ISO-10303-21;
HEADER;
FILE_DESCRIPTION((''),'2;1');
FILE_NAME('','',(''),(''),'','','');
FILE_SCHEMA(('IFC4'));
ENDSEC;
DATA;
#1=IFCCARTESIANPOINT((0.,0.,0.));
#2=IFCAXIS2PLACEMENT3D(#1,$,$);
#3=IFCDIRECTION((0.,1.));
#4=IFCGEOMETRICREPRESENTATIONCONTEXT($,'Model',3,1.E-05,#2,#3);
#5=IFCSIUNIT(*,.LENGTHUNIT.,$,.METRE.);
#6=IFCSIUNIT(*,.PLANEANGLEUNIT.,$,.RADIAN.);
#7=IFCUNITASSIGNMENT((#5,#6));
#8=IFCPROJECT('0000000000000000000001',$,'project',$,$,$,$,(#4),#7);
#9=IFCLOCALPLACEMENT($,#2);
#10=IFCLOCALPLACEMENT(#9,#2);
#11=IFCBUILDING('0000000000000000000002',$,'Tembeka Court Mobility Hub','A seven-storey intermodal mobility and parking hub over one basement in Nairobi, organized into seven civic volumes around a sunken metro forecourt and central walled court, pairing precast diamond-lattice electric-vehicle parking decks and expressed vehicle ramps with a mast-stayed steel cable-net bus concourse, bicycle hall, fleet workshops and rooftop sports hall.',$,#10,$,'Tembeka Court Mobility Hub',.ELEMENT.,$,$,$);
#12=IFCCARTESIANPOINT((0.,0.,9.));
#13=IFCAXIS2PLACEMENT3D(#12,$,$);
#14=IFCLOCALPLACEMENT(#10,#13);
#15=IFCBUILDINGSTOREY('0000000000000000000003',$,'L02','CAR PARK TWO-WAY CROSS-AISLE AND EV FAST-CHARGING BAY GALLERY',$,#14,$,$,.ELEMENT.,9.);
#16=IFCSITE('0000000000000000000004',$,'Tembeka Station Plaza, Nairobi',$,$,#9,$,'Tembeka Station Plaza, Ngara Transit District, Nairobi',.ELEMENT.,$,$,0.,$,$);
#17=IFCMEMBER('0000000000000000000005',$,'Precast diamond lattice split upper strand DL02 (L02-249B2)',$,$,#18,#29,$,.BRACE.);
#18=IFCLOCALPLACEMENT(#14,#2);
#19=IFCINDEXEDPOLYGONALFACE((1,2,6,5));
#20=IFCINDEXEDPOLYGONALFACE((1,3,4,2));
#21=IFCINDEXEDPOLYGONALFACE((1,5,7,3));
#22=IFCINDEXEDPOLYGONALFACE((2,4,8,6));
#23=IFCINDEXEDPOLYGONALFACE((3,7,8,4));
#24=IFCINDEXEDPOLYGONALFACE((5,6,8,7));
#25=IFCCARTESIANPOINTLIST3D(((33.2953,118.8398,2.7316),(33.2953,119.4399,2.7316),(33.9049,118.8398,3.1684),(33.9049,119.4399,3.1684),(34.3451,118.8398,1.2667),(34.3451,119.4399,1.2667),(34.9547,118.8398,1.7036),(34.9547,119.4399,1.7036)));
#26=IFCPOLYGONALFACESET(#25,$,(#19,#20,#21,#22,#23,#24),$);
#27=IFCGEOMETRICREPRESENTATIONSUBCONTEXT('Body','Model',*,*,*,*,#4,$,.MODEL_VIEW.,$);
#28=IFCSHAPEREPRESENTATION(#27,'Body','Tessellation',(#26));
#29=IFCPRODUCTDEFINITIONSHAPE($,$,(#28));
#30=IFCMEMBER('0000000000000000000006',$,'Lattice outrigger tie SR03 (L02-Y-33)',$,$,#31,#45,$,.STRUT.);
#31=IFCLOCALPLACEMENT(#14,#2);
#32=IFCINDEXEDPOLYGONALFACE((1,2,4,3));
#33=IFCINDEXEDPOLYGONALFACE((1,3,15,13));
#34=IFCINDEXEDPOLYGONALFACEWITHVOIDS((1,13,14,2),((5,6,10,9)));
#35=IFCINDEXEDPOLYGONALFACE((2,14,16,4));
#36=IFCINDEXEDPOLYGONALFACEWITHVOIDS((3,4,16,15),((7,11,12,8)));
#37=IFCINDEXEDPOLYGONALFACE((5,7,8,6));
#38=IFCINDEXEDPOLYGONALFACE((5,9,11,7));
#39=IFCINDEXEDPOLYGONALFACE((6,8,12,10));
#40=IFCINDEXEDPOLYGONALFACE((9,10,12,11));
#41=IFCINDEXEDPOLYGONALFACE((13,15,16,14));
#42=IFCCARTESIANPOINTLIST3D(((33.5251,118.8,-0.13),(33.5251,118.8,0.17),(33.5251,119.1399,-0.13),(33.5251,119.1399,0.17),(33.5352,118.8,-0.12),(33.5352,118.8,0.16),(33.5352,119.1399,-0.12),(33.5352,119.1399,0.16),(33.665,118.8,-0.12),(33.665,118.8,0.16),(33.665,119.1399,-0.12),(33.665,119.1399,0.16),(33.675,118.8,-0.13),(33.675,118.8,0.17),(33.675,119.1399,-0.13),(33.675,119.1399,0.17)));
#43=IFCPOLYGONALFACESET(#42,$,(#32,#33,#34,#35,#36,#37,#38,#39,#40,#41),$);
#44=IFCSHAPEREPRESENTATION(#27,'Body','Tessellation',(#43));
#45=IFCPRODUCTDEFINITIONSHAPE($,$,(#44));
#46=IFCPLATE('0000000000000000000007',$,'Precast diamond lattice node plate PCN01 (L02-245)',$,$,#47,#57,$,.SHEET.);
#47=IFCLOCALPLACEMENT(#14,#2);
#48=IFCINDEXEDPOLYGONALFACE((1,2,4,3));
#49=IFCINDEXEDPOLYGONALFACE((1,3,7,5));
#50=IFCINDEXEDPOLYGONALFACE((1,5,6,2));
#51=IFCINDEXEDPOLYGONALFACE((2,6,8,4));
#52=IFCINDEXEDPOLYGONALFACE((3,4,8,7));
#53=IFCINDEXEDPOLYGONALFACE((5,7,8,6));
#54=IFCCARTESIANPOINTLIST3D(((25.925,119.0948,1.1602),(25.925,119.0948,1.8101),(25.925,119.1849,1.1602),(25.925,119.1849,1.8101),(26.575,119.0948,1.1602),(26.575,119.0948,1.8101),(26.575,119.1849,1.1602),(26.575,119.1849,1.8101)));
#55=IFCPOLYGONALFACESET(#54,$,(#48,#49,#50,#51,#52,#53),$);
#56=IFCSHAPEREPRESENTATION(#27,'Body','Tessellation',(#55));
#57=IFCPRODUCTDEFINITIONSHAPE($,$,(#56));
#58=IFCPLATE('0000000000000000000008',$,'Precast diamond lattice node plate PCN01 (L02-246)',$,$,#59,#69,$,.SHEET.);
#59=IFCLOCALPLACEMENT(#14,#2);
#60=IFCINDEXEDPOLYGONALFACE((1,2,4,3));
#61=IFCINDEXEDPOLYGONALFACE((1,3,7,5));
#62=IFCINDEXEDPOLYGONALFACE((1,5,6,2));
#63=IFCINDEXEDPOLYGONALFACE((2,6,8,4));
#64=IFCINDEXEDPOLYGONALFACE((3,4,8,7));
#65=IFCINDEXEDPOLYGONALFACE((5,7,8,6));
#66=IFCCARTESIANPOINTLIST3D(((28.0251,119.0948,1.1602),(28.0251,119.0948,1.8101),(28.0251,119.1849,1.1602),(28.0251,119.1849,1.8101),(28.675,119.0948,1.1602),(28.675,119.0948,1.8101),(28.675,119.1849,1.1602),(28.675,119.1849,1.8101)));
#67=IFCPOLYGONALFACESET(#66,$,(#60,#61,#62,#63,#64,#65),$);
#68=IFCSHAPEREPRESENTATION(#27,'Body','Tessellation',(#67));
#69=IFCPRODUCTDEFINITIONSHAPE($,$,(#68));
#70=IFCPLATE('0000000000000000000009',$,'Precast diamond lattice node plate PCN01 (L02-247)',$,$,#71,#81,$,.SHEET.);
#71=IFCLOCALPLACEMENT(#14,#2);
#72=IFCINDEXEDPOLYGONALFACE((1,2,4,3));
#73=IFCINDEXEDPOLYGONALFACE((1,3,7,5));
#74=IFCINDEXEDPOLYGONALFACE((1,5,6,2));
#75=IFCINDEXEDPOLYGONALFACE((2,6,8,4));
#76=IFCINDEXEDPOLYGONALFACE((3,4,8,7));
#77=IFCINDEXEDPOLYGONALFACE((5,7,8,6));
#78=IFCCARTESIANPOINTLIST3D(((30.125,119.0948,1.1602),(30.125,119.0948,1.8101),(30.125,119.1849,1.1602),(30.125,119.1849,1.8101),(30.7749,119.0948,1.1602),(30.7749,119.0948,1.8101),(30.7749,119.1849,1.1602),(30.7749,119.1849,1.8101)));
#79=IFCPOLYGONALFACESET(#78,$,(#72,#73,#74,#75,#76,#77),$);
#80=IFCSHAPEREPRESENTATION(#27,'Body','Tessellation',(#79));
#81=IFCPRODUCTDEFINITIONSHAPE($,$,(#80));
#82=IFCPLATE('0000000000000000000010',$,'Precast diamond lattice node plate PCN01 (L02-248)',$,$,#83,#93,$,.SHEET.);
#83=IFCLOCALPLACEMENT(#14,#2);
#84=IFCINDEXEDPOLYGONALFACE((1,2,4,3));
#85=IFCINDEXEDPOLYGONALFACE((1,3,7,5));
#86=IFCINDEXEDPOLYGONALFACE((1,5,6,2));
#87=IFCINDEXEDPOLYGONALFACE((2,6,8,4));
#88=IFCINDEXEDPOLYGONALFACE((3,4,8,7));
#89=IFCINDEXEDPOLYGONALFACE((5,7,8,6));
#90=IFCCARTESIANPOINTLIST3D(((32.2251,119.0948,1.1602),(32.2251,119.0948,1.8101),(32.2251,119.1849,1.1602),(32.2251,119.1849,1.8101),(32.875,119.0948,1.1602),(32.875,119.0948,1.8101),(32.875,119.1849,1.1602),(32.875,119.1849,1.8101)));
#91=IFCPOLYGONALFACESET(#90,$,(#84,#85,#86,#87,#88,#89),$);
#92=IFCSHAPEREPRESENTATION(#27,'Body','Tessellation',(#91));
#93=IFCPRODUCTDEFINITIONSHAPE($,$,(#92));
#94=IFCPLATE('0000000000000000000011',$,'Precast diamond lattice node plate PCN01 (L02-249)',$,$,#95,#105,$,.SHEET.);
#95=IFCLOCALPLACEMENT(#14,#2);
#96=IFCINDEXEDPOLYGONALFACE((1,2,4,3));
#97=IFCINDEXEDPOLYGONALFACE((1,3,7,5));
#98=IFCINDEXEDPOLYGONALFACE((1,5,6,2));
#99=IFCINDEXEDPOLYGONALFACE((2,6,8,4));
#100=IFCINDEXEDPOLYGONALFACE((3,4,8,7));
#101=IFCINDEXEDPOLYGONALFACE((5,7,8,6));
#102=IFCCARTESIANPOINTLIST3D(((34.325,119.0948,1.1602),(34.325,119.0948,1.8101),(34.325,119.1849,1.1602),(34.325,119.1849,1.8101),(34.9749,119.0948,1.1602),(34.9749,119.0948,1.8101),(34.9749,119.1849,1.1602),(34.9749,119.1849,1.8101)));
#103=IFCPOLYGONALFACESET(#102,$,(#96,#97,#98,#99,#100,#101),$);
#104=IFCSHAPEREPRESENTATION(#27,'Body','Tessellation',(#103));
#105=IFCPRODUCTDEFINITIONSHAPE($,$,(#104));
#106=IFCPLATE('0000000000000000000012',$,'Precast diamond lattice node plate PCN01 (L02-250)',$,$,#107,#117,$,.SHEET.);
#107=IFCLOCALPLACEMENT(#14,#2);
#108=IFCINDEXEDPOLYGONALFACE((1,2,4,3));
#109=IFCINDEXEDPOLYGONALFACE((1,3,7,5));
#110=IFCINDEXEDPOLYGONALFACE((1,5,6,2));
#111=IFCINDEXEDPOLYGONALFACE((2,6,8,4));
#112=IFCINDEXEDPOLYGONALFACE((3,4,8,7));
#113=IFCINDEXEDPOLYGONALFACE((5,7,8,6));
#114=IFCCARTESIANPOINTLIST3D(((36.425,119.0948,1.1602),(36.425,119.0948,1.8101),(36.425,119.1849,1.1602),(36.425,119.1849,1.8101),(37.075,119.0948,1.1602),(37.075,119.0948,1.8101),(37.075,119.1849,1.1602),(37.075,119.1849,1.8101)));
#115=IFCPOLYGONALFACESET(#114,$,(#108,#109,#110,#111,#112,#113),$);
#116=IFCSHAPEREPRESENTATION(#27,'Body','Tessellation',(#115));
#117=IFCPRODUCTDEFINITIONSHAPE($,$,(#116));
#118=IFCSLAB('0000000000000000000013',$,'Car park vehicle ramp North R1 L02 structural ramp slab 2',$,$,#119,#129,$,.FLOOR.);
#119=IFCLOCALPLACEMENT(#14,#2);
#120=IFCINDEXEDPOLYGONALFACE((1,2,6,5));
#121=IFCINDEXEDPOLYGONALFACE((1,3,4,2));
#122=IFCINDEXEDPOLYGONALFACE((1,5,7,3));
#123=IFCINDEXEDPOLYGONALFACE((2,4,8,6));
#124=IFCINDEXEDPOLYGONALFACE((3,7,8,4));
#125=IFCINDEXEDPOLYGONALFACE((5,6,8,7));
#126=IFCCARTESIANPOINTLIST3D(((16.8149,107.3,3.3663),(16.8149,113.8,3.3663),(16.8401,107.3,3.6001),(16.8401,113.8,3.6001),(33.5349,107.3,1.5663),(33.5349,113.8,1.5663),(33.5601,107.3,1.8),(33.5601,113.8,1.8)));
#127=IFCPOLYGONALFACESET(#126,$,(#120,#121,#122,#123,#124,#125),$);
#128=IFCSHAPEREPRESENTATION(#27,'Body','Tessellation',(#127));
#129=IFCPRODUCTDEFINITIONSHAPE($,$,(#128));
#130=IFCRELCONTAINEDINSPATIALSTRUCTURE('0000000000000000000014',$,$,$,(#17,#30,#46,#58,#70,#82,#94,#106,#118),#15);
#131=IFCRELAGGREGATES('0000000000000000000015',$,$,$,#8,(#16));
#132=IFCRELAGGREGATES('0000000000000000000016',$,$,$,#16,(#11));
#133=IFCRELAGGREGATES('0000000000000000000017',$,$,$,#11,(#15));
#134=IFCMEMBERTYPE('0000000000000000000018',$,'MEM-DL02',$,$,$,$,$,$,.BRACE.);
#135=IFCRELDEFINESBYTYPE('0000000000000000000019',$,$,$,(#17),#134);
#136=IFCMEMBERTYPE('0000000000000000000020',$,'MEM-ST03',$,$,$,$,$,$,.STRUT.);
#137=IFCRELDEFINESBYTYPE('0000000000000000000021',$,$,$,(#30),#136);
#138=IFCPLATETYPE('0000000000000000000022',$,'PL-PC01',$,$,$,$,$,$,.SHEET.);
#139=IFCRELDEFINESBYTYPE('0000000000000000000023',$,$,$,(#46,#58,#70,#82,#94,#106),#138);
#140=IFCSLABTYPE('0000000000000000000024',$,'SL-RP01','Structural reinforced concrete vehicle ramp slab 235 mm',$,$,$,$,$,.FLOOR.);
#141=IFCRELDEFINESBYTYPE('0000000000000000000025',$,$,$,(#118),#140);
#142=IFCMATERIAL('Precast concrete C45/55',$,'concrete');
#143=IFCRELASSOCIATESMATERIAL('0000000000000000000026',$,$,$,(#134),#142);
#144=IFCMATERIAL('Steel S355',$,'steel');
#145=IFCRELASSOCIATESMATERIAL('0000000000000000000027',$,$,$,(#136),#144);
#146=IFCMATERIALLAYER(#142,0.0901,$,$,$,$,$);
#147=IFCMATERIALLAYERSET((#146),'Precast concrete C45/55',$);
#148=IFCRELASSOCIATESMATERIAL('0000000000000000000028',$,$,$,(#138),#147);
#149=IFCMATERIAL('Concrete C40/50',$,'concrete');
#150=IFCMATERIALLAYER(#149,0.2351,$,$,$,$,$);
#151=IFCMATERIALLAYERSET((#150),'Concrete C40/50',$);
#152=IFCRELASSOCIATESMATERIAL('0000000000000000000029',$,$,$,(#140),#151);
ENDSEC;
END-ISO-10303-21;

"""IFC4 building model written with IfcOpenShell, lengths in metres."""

from ifc_helpers import new_model, si_unit, direction, frame, origin, origin_2d, place, context, subcontext, project, spatial, polyline, rectangle, hollow_rectangle, outline, extrude, material, layer, layer_set, material_profile, profile_set, type_object, element, save


model = new_model("IFC4")

# Units and contexts
model_context = context("Model", 3, precision=1e-05, world=origin(), true_north=direction((0.0, 1.0)))
body_context = subcontext(model_context, "Body", "Model", "MODEL_VIEW")
ifc_project = project(units=[si_unit("LENGTHUNIT", "METRE"), si_unit("PLANEANGLEUNIT", "RADIAN")], contexts=[model_context])

# Site, building, storey
site_placement = place(None, origin())
site = spatial("IfcSite", under=ifc_project, at=site_placement, Name="Tembeka Station Plaza, Nairobi", LongName="Tembeka Station Plaza, Ngara Transit District, Nairobi", CompositionType="ELEMENT", RefElevation=0.0)
building_placement = place(site_placement, origin())
building = spatial("IfcBuilding", under=site, at=building_placement, Name="Tembeka Court Mobility Hub", Description="A seven-storey intermodal mobility and parking hub over one basement in Nairobi, organized into seven civic volumes around a sunken metro forecourt and central walled court, pairing precast diamond-lattice electric-vehicle parking decks and expressed vehicle ramps with a mast-stayed steel cable-net bus concourse, bicycle hall, fleet workshops and rooftop sports hall.", LongName="Tembeka Court Mobility Hub", CompositionType="ELEMENT")
storey_placement = place(building_placement, frame((0.0, 0.0, 9.0)))
storey = spatial("IfcBuildingStorey", under=building, at=storey_placement, Name="L02", Description="CAR PARK TWO-WAY CROSS-AISLE AND EV FAST-CHARGING BAY GALLERY", CompositionType="ELEMENT", Elevation=9.0)

# Shared definitions
ifc_material_1 = material(Name="Steel S355", Category="steel")

# Shared definitions
ifc_material_2 = material(Name="Concrete C40/50", Category="concrete")
ifc_material_3 = material(Name="Precast concrete C45/55", Category="concrete")

# Members
ifc_material_profile_1 = material_profile(ifc_material_3, rectangle(XDim=0.6001, YDim=0.75, at=origin_2d()), Name="PC-DIAG 600x750")
ifc_profile_set_1 = profile_set([ifc_material_profile_1], Name="Precast concrete C45/55")
member_type_1 = type_object("IfcMemberType", Name="MEM-DL02", PredefinedType="BRACE", material=ifc_profile_set_1)
member_1_placement = place(storey_placement, frame((34.6499, 119.1399, 1.4851), z_axis=(-0.582519, 0.0, 0.812817), x_axis=(0.0, -1.0, 0.0)))
element("IfcMember", 1, at=member_1_placement, inside=storey, type_object=member_type_1, Name="Precast diamond lattice split upper strand DL02 (L02-249B2)", PredefinedType="BRACE", context=body_context, shape_type="SweptSolid", body=[
    extrude(rectangle(XDim=0.6001, YDim=0.75, at=origin_2d()), origin(), (0.0, 0.0, 1.0), 1.8022),
])
ifc_material_profile_2 = material_profile(ifc_material_1, hollow_rectangle(XDim=0.1499, YDim=0.3, WallThickness=0.01, at=origin_2d()), Name="RHS 300x150x10")
ifc_profile_set_2 = profile_set([ifc_material_profile_2], Name="Steel S355")
member_type_2 = type_object("IfcMemberType", Name="MEM-ST03", PredefinedType="STRUT", material=ifc_profile_set_2)
member_2_placement = place(storey_placement, frame((33.6001, 118.8, 0.02), z_axis=(0.0, 1.0, 0.0), x_axis=(-1.0, 0.0, 0.0)))
element("IfcMember", 2, at=member_2_placement, inside=storey, type_object=member_type_2, Name="Lattice outrigger tie SR03 (L02-Y-33)", PredefinedType="STRUT", context=body_context, shape_type="SweptSolid", body=[
    extrude(hollow_rectangle(XDim=0.1499, YDim=0.3, WallThickness=0.01, at=origin_2d()), origin(), (0.0, 0.0, 1.0), 0.3398),
])

# Plates
ifc_layer_1 = layer(ifc_material_3, 0.0901)
ifc_layer_set_1 = layer_set([ifc_layer_1], Name="Precast concrete C45/55")
plate_type = type_object("IfcPlateType", Name="PL-PC01", PredefinedType="SHEET", material=ifc_layer_set_1)
for number, where, z_axis, x_axis, name in (
    (3, (26.25, 119.1399, 1.1602), (0.0, 0.0, 1.0), (1.0, 0.0, 0.0), "Precast diamond lattice node plate PCN01 (L02-245)"),
    (4, (28.3501, 119.1399, 1.1602), (0.0, 0.0, 1.0), (1.0, 0.0, 0.0), "Precast diamond lattice node plate PCN01 (L02-246)"),
    (5, (30.45, 119.1399, 1.1602), (0.0, 0.0, 1.0), (1.0, 0.0, 0.0), "Precast diamond lattice node plate PCN01 (L02-247)"),
    (6, (32.55, 119.1399, 1.1602), (0.0, 0.0, 1.0), (1.0, 0.0, 0.0), "Precast diamond lattice node plate PCN01 (L02-248)"),
    (7, (34.6499, 119.1399, 1.1602), (0.0, 0.0, 1.0), (1.0, 0.0, 0.0), "Precast diamond lattice node plate PCN01 (L02-249)"),
    (8, (36.75, 119.1399, 1.1602), (0.0, 0.0, 1.0), (1.0, 0.0, 0.0), "Precast diamond lattice node plate PCN01 (L02-250)"),
):
    element("IfcPlate", number, at=place(storey_placement, frame(where, z_axis=z_axis, x_axis=x_axis)), inside=storey, type_object=plate_type, Name=name, PredefinedType="SHEET", context=body_context, shape_type="SweptSolid", body=[
        extrude(rectangle(XDim=0.6499, YDim=0.0901, at=origin_2d()), origin(), (0.0, 0.0, 1.0), 0.6499),
    ])

# Slab
ifc_layer_2 = layer(ifc_material_2, 0.2351)
ifc_layer_set_2 = layer_set([ifc_layer_2], Name="Concrete C40/50")
slab_type = type_object("IfcSlabType", Name="SL-RP01", Description="Structural reinforced concrete vehicle ramp slab 235 mm", PredefinedType="FLOOR", material=ifc_layer_set_2)
slab_placement = place(storey_placement, frame((33.5601, 107.3, 1.8), z_axis=(0.10704, 0.0, 0.994255), x_axis=(-0.994255, 0.0, 0.10704)))
element("IfcSlab", 9, at=slab_placement, inside=storey, type_object=slab_type, Name="Car park vehicle ramp North R1 L02 structural ramp slab 2", PredefinedType="FLOOR", context=body_context, shape_type="SweptSolid", body=[
    extrude(outline(polyline([(0.0, 0.0), (16.8166, 0.0), (16.8166, -6.5), (0.0, -6.5), (0.0, 0.0)])), origin(), (0.0, 0.0, -1.0), 0.2351),
])

save(model, "model.ifc")
